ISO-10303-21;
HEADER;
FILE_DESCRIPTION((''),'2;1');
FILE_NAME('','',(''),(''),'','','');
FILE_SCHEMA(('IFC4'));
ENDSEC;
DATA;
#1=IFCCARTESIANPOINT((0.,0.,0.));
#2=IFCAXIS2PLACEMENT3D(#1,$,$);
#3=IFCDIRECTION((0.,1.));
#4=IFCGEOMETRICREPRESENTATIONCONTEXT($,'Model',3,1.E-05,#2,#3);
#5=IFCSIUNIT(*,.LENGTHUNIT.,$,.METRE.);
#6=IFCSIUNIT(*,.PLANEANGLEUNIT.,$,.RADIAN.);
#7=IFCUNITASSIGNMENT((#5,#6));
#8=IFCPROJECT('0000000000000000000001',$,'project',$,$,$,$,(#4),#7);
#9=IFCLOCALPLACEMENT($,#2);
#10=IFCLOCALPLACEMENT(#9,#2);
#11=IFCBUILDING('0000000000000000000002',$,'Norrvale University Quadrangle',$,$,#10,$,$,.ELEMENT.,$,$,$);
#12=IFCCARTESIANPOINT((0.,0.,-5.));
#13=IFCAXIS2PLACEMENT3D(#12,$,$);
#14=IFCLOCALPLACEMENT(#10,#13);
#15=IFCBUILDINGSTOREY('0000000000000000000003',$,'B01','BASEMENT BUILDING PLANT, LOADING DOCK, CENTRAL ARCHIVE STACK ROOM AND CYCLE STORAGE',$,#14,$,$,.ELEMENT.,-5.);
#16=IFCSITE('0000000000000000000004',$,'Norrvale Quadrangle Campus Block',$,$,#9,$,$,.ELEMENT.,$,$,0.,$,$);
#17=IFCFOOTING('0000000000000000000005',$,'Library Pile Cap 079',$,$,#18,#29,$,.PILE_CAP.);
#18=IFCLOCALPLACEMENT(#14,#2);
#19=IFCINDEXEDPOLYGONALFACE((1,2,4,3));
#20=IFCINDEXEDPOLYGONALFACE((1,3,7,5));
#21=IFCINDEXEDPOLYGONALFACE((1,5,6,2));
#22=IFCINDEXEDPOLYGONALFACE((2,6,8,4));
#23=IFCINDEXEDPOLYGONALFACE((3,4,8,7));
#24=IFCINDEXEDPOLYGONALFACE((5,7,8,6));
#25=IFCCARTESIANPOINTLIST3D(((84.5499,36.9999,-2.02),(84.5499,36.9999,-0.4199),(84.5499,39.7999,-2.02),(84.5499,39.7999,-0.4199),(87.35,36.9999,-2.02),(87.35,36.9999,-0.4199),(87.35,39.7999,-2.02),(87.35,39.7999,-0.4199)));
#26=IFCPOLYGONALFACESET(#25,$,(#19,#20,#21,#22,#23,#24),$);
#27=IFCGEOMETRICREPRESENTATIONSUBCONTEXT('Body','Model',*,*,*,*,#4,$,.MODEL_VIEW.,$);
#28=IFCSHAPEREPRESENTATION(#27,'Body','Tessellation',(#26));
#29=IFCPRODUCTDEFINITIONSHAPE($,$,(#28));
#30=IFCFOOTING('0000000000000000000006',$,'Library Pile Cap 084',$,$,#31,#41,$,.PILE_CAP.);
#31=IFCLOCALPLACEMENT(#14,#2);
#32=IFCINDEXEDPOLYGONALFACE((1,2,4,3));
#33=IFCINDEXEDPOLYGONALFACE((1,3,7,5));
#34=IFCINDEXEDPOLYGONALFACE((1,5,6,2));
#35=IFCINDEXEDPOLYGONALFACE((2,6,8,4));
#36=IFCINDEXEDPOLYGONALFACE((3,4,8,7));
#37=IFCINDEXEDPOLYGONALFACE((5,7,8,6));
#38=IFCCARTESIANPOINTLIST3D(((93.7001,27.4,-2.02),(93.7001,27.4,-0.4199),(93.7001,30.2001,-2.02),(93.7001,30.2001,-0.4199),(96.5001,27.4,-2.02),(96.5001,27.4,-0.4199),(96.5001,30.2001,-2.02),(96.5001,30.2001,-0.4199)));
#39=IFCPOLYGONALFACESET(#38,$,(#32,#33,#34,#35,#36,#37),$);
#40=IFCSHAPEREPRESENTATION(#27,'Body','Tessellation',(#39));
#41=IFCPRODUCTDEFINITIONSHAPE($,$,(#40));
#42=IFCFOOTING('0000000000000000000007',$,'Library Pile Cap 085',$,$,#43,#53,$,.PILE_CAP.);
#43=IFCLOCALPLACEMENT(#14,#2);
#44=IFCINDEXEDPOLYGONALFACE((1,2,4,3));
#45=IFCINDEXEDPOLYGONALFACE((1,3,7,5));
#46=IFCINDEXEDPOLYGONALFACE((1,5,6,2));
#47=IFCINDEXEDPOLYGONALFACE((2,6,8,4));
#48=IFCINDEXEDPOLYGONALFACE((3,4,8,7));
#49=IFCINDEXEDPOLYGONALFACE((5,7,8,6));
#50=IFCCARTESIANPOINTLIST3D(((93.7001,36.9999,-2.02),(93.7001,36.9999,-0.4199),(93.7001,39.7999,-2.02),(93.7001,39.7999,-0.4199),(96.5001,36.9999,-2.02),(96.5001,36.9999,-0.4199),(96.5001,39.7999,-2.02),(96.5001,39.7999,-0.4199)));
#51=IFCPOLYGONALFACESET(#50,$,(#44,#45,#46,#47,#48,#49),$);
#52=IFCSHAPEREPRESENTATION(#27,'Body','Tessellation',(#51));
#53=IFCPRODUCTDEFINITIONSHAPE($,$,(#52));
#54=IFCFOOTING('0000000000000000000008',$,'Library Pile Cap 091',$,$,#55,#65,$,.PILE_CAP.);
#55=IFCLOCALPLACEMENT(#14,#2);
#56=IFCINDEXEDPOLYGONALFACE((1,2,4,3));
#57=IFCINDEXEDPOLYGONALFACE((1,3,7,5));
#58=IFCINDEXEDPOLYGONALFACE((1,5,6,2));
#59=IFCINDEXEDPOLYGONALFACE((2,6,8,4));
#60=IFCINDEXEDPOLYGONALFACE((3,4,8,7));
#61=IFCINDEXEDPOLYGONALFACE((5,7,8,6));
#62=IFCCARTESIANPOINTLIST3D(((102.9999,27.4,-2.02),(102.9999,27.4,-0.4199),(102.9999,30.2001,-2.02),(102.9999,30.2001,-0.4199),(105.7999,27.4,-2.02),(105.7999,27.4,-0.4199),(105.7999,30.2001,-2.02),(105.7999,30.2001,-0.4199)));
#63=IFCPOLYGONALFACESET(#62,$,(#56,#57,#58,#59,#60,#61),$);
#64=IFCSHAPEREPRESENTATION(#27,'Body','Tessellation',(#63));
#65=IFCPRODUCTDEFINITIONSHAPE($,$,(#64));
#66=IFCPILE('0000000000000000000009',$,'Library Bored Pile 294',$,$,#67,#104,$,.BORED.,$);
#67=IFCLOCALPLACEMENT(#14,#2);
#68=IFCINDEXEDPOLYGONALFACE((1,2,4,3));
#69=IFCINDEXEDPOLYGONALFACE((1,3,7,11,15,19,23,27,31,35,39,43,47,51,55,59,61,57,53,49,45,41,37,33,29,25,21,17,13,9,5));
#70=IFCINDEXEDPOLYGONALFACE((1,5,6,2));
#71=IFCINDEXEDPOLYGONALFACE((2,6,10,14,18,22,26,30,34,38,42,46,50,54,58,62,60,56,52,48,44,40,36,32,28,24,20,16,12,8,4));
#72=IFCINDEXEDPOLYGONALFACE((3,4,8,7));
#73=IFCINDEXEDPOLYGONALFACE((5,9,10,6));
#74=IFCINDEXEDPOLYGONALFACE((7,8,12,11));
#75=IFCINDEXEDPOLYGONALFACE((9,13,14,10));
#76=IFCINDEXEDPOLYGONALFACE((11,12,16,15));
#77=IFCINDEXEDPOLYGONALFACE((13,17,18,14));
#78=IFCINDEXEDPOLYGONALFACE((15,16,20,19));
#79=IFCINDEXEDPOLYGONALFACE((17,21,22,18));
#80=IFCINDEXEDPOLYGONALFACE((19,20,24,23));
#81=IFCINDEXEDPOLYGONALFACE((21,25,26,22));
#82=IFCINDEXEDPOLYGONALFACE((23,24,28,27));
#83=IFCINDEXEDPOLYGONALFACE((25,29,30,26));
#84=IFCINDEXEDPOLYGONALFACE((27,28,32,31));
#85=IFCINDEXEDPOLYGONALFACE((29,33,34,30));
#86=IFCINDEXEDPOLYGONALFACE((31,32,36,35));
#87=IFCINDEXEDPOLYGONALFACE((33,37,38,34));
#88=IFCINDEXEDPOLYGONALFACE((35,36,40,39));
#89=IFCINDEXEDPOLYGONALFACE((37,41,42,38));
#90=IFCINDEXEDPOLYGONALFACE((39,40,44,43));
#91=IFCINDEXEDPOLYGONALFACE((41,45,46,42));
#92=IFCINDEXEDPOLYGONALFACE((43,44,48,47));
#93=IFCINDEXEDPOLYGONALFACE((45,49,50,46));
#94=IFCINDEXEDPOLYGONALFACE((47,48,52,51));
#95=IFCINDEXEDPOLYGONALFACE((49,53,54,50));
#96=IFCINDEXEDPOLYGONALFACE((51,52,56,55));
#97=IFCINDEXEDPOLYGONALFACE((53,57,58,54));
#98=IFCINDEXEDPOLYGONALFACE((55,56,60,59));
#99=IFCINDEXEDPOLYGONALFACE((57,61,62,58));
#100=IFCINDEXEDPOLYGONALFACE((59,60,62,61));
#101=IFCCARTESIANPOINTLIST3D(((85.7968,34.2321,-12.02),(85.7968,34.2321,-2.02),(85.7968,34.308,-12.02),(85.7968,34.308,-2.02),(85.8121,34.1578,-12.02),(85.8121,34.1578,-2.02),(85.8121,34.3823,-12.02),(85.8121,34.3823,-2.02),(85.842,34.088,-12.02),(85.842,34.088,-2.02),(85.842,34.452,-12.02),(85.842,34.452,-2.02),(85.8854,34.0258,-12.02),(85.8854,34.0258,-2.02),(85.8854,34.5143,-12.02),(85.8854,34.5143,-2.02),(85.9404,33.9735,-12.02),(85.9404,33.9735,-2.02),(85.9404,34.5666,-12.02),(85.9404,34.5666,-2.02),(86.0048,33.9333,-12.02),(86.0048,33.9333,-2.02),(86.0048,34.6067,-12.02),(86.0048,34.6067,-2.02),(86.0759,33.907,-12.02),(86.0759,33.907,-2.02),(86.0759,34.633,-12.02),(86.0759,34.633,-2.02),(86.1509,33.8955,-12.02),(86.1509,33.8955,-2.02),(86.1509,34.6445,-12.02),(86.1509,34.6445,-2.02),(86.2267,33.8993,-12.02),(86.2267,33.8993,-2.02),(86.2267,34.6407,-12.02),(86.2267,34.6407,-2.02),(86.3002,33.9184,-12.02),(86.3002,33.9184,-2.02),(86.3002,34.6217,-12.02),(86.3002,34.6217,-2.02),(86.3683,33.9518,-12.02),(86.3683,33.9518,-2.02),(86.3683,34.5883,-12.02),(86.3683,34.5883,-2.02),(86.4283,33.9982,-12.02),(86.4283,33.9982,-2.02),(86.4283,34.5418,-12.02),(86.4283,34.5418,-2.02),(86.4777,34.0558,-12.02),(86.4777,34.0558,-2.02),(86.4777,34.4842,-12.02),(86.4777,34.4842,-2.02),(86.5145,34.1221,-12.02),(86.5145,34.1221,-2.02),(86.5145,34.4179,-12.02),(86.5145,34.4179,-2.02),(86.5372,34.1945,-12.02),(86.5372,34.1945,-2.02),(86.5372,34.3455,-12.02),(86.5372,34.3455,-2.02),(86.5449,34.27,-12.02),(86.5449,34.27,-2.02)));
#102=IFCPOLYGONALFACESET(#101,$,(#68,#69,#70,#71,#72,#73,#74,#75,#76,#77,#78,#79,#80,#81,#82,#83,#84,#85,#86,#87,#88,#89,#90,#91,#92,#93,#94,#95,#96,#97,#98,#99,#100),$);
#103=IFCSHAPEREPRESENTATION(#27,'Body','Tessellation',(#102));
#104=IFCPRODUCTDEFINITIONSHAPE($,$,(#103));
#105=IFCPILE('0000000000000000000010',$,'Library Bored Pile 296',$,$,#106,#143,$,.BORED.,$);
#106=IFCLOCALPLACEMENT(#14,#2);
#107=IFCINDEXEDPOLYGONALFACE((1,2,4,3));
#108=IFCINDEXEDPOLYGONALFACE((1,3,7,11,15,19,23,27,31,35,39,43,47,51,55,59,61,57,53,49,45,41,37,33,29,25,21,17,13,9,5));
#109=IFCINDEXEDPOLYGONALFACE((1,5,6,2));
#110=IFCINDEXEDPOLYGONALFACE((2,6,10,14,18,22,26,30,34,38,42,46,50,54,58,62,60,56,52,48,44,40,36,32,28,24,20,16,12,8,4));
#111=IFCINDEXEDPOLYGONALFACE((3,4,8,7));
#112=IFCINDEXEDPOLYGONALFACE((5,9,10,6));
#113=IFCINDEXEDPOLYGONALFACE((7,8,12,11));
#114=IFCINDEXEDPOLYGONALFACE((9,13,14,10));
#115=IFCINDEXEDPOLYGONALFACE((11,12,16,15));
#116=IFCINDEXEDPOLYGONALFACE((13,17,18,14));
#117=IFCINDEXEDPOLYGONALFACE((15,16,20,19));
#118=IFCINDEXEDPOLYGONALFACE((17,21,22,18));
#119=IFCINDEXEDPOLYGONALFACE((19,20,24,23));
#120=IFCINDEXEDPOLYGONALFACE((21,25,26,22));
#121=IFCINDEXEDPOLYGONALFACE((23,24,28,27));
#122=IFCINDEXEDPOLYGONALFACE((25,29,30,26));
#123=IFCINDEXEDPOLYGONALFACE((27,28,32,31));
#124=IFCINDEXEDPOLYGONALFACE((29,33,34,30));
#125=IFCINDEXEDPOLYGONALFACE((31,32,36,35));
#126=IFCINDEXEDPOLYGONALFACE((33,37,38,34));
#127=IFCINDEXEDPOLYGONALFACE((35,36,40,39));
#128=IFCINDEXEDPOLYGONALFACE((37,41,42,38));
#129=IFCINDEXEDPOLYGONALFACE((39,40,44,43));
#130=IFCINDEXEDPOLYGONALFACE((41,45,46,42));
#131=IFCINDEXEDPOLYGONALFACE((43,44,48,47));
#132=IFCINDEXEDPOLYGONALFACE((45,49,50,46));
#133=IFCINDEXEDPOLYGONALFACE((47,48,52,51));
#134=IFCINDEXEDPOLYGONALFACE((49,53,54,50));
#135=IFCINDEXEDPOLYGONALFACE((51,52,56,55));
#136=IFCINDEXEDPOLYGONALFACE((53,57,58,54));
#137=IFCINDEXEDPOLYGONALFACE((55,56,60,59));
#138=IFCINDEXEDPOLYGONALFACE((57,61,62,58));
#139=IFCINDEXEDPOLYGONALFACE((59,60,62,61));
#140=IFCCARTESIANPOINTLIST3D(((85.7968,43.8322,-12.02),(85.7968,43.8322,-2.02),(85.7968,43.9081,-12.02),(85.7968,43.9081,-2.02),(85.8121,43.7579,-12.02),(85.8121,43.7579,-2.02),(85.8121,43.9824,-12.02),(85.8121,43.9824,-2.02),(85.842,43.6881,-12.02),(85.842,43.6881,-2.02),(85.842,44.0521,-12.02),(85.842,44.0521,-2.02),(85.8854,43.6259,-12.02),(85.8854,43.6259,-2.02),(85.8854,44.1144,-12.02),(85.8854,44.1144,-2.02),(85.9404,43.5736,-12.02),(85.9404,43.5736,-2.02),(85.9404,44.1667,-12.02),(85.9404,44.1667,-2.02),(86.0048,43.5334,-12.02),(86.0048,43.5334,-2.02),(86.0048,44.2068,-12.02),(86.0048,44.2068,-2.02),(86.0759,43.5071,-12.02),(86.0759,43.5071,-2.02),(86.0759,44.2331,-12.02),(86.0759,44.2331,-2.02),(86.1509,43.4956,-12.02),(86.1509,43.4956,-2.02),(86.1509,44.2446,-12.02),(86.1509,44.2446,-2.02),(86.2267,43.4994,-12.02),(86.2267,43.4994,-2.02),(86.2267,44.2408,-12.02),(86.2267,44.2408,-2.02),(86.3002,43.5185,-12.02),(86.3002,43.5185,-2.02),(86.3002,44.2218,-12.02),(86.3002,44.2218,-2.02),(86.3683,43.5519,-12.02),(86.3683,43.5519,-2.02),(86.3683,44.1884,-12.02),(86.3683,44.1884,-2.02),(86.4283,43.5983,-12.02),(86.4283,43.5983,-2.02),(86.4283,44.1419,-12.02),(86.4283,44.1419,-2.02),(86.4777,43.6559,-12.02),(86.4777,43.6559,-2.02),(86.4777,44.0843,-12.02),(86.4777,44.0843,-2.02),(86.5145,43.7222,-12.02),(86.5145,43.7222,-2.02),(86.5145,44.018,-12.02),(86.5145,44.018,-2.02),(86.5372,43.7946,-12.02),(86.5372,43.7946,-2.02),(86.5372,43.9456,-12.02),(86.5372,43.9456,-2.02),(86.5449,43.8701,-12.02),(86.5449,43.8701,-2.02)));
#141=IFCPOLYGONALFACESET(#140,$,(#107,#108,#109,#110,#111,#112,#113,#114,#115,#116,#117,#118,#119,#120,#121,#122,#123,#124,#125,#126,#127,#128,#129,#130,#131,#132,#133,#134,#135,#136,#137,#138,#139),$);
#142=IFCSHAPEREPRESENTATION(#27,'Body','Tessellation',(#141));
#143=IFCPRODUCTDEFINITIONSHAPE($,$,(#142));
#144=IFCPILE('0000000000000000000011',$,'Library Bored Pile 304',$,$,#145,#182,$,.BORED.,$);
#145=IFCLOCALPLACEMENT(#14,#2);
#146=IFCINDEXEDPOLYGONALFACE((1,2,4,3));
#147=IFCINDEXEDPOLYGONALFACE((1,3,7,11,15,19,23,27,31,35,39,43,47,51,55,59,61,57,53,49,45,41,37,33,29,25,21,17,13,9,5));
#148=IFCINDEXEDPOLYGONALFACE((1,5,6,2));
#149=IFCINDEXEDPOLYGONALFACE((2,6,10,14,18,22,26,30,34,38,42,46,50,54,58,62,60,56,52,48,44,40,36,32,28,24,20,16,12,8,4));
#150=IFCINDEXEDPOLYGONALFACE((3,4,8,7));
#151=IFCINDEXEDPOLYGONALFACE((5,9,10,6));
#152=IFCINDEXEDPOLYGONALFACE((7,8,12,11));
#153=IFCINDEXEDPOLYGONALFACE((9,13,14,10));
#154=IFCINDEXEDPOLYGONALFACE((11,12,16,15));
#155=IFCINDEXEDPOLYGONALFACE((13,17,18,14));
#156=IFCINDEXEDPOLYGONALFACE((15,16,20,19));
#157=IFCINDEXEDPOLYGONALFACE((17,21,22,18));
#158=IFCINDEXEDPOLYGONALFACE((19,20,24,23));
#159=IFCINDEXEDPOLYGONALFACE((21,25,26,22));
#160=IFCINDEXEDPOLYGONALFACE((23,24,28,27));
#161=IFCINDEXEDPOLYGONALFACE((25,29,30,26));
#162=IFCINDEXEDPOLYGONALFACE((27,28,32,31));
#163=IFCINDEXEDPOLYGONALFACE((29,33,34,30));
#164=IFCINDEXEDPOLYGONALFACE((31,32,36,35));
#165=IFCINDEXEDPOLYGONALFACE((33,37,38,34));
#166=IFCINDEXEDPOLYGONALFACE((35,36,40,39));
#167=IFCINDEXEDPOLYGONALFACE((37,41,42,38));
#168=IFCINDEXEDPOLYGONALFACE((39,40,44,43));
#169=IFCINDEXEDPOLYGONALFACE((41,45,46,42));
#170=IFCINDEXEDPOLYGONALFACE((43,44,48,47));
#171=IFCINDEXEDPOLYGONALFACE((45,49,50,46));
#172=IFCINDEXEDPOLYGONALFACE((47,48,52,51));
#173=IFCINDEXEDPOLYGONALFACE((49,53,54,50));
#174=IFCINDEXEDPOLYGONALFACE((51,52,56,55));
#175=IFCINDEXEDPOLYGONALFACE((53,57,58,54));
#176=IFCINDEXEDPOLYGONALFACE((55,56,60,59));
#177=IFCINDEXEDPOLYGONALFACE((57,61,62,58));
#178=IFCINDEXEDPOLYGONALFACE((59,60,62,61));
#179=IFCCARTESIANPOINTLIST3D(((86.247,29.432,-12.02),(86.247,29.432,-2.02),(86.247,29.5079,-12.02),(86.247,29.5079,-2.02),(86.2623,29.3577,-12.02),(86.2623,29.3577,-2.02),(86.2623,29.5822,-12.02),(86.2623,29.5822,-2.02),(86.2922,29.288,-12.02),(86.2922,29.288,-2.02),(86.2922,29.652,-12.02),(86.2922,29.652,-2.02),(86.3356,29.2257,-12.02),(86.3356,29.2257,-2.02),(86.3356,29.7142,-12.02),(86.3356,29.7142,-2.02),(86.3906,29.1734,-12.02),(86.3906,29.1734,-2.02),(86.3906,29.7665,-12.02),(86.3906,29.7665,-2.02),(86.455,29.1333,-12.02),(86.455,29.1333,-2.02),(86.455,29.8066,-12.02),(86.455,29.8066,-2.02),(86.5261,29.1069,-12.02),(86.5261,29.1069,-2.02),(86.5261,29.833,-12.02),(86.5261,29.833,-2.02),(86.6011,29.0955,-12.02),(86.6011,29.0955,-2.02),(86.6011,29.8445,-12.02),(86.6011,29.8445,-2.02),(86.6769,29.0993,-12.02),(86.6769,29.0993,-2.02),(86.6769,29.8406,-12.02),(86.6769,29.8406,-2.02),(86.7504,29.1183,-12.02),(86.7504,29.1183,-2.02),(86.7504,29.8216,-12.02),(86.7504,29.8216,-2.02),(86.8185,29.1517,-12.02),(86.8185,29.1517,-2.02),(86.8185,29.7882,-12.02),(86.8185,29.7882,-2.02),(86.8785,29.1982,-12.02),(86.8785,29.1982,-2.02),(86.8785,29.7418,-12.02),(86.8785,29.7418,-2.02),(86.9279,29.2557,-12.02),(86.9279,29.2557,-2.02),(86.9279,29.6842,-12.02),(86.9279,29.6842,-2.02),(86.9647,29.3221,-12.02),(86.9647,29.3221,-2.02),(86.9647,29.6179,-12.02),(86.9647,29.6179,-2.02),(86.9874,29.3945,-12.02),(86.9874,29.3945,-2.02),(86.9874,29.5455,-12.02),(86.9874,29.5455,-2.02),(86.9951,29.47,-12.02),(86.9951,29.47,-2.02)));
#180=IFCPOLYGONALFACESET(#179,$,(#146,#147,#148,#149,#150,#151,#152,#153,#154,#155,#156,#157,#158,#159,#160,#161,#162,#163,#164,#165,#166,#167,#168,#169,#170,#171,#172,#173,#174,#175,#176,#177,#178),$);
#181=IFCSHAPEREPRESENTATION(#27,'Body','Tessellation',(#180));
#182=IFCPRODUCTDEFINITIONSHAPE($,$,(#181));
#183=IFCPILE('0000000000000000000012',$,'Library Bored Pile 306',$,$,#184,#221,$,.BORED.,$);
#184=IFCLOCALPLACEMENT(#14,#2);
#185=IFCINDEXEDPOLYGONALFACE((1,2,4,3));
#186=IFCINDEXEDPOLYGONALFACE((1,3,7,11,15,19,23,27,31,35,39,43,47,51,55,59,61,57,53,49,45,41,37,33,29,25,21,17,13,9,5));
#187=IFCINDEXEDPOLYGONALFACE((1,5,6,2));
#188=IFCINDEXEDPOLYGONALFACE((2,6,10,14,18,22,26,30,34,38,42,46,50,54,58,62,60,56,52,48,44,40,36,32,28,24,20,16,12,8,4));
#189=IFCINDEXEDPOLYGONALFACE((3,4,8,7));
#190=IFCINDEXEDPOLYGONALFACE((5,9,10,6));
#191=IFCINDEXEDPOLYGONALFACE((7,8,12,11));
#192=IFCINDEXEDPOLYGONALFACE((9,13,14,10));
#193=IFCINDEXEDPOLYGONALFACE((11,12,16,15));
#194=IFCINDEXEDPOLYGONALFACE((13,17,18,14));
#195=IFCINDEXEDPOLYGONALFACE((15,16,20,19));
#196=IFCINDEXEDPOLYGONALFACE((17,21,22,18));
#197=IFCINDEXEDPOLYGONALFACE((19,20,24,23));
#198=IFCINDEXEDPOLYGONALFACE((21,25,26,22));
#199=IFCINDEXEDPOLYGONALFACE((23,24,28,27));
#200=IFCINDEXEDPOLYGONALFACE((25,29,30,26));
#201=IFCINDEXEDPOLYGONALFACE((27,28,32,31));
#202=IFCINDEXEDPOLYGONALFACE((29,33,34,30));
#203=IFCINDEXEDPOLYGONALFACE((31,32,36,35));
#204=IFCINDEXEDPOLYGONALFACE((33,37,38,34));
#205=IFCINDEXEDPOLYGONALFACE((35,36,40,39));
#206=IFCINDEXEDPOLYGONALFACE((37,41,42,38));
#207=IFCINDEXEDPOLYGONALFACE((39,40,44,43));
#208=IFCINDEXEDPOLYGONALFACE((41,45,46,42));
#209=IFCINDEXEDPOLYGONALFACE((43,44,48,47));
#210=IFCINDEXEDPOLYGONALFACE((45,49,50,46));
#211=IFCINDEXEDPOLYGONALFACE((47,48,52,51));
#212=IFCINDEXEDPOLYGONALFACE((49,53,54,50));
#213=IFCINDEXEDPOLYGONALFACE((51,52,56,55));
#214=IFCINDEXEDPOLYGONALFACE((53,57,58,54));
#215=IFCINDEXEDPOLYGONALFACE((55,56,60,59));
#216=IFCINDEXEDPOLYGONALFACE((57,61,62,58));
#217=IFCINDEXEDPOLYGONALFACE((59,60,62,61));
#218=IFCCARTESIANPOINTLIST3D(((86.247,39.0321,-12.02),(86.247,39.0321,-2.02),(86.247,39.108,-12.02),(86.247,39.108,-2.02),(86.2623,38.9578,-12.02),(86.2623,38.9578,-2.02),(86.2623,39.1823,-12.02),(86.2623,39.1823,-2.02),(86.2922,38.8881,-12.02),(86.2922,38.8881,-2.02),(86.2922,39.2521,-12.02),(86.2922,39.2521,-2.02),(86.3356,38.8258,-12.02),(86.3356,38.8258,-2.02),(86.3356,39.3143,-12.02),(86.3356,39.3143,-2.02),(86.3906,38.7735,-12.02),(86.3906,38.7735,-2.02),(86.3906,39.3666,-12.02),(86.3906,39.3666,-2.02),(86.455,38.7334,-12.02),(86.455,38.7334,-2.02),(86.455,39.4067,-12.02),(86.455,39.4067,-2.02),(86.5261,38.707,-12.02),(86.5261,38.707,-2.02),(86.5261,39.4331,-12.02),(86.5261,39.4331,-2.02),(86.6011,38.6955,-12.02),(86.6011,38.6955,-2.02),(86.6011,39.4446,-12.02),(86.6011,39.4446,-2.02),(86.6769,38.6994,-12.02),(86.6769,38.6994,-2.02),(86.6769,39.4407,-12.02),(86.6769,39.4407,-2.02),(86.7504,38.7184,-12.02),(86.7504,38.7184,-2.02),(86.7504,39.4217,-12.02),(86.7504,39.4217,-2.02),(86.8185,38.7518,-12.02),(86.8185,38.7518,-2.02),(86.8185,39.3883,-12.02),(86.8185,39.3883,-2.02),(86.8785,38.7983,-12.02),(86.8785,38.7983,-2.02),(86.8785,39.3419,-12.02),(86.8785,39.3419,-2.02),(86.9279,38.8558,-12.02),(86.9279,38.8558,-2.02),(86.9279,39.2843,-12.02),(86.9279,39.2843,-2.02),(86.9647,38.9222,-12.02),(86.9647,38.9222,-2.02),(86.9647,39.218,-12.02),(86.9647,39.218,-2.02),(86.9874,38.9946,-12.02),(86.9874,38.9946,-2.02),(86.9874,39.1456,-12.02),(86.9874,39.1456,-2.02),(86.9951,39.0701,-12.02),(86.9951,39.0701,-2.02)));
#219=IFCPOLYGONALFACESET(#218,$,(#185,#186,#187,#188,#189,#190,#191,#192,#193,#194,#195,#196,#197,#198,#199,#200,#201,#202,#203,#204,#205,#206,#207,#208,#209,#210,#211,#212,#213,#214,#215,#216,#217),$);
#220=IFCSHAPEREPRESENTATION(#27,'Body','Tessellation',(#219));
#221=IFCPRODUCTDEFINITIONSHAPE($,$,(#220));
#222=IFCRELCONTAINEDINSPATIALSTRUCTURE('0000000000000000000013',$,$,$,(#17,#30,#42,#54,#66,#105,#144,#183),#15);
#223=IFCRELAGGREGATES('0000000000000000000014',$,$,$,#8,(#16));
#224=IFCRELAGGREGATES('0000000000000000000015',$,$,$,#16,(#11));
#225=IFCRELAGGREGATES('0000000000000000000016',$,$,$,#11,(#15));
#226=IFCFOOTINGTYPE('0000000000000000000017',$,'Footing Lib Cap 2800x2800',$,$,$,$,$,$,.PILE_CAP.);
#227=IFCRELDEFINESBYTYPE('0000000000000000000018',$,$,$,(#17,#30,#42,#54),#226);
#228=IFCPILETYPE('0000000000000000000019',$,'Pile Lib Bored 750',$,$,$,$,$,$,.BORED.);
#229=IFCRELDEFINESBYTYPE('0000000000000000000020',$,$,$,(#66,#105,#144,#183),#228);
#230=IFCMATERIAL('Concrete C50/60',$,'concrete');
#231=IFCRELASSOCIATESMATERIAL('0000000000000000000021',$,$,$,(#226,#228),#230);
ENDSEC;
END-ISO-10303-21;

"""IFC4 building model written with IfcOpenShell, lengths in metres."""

from ifc_helpers import new_model, si_unit, direction, frame, origin, origin_2d, place, context, subcontext, project, spatial, rectangle, circle, extrude, material, material_profile, profile_set, type_object, element, save


model = new_model("IFC4")

# Units and contexts
model_context = context("Model", 3, precision=1e-05, world=origin(), true_north=direction((0.0, 1.0)))
body_context = subcontext(model_context, "Body", "Model", "MODEL_VIEW")
ifc_project = project(units=[si_unit("LENGTHUNIT", "METRE"), si_unit("PLANEANGLEUNIT", "RADIAN")], contexts=[model_context])

# Site, building, storey
site_placement = place(None, origin())
site = spatial("IfcSite", under=ifc_project, at=site_placement, Name="Norrvale Quadrangle Campus Block", CompositionType="ELEMENT", RefElevation=0.0)
building_placement = place(site_placement, origin())
building = spatial("IfcBuilding", under=site, at=building_placement, Name="Norrvale University Quadrangle", CompositionType="ELEMENT")
storey_placement = place(building_placement, frame((0.0, 0.0, -5.0)))
storey = spatial("IfcBuildingStorey", under=building, at=storey_placement, Name="B01", Description="BASEMENT BUILDING PLANT, LOADING DOCK, CENTRAL ARCHIVE STACK ROOM AND CYCLE STORAGE", CompositionType="ELEMENT", Elevation=-5.0)

# Footings
ifc_material_1 = material(Name="Concrete C50/60", Category="concrete")
footing_type = type_object("IfcFootingType", Name="Footing Lib Cap 2800x2800", PredefinedType="PILE_CAP", material=ifc_material_1)
for number, where, z_axis, x_axis, name in (
    (1, (85.95, 38.3999, -2.02), (0.0, 0.0, 1.0), (1.0, 0.0, 0.0), "Library Pile Cap 079"),
    (2, (95.1001, 28.8, -2.02), (0.0, 0.0, 1.0), (1.0, 0.0, 0.0), "Library Pile Cap 084"),
    (3, (95.1001, 38.3999, -2.02), (0.0, 0.0, 1.0), (1.0, 0.0, 0.0), "Library Pile Cap 085"),
    (4, (104.3999, 28.8, -2.02), (0.0, 0.0, 1.0), (1.0, 0.0, 0.0), "Library Pile Cap 091"),
):
    element("IfcFooting", number, at=place(storey_placement, frame(where, z_axis=z_axis, x_axis=x_axis)), inside=storey, type_object=footing_type, Name=name, PredefinedType="PILE_CAP", context=body_context, shape_type="SweptSolid", body=[
        extrude(rectangle(XDim=2.8, YDim=2.8, at=origin_2d()), origin(), (0.0, 0.0, 1.0), 1.6001),
    ])

# Piles
ifc_material_profile_1 = material_profile(ifc_material_1, circle(Radius=0.375, at=origin_2d()), Name="Concrete C50/60")
ifc_profile_set_1 = profile_set([ifc_material_profile_1], Name="Concrete C50/60")
pile_type = type_object("IfcPileType", Name="Pile Lib Bored 750", PredefinedType="BORED", material=ifc_profile_set_1)
for number, where, z_axis, x_axis, name in (
    (5, (86.1699, 34.27, -2.02), (0.0, 0.0, -1.0), (1.0, 0.0, 0.0), "Library Bored Pile 294"),
    (6, (86.1699, 43.8701, -2.02), (0.0, 0.0, -1.0), (1.0, 0.0, 0.0), "Library Bored Pile 296"),
    (7, (86.6201, 29.47, -2.02), (0.0, 0.0, -1.0), (1.0, 0.0, 0.0), "Library Bored Pile 304"),
    (8, (86.6201, 39.0701, -2.02), (0.0, 0.0, -1.0), (1.0, 0.0, 0.0), "Library Bored Pile 306"),
):
    element("IfcPile", number, at=place(storey_placement, frame(where, z_axis=z_axis, x_axis=x_axis)), inside=storey, type_object=pile_type, Name=name, PredefinedType="BORED", context=body_context, shape_type="SweptSolid", body=[
        extrude(circle(Radius=0.375, at=origin_2d()), origin(), (0.0, 0.0, 1.0), 10.0),
    ])

save(model, "model.ifc")
